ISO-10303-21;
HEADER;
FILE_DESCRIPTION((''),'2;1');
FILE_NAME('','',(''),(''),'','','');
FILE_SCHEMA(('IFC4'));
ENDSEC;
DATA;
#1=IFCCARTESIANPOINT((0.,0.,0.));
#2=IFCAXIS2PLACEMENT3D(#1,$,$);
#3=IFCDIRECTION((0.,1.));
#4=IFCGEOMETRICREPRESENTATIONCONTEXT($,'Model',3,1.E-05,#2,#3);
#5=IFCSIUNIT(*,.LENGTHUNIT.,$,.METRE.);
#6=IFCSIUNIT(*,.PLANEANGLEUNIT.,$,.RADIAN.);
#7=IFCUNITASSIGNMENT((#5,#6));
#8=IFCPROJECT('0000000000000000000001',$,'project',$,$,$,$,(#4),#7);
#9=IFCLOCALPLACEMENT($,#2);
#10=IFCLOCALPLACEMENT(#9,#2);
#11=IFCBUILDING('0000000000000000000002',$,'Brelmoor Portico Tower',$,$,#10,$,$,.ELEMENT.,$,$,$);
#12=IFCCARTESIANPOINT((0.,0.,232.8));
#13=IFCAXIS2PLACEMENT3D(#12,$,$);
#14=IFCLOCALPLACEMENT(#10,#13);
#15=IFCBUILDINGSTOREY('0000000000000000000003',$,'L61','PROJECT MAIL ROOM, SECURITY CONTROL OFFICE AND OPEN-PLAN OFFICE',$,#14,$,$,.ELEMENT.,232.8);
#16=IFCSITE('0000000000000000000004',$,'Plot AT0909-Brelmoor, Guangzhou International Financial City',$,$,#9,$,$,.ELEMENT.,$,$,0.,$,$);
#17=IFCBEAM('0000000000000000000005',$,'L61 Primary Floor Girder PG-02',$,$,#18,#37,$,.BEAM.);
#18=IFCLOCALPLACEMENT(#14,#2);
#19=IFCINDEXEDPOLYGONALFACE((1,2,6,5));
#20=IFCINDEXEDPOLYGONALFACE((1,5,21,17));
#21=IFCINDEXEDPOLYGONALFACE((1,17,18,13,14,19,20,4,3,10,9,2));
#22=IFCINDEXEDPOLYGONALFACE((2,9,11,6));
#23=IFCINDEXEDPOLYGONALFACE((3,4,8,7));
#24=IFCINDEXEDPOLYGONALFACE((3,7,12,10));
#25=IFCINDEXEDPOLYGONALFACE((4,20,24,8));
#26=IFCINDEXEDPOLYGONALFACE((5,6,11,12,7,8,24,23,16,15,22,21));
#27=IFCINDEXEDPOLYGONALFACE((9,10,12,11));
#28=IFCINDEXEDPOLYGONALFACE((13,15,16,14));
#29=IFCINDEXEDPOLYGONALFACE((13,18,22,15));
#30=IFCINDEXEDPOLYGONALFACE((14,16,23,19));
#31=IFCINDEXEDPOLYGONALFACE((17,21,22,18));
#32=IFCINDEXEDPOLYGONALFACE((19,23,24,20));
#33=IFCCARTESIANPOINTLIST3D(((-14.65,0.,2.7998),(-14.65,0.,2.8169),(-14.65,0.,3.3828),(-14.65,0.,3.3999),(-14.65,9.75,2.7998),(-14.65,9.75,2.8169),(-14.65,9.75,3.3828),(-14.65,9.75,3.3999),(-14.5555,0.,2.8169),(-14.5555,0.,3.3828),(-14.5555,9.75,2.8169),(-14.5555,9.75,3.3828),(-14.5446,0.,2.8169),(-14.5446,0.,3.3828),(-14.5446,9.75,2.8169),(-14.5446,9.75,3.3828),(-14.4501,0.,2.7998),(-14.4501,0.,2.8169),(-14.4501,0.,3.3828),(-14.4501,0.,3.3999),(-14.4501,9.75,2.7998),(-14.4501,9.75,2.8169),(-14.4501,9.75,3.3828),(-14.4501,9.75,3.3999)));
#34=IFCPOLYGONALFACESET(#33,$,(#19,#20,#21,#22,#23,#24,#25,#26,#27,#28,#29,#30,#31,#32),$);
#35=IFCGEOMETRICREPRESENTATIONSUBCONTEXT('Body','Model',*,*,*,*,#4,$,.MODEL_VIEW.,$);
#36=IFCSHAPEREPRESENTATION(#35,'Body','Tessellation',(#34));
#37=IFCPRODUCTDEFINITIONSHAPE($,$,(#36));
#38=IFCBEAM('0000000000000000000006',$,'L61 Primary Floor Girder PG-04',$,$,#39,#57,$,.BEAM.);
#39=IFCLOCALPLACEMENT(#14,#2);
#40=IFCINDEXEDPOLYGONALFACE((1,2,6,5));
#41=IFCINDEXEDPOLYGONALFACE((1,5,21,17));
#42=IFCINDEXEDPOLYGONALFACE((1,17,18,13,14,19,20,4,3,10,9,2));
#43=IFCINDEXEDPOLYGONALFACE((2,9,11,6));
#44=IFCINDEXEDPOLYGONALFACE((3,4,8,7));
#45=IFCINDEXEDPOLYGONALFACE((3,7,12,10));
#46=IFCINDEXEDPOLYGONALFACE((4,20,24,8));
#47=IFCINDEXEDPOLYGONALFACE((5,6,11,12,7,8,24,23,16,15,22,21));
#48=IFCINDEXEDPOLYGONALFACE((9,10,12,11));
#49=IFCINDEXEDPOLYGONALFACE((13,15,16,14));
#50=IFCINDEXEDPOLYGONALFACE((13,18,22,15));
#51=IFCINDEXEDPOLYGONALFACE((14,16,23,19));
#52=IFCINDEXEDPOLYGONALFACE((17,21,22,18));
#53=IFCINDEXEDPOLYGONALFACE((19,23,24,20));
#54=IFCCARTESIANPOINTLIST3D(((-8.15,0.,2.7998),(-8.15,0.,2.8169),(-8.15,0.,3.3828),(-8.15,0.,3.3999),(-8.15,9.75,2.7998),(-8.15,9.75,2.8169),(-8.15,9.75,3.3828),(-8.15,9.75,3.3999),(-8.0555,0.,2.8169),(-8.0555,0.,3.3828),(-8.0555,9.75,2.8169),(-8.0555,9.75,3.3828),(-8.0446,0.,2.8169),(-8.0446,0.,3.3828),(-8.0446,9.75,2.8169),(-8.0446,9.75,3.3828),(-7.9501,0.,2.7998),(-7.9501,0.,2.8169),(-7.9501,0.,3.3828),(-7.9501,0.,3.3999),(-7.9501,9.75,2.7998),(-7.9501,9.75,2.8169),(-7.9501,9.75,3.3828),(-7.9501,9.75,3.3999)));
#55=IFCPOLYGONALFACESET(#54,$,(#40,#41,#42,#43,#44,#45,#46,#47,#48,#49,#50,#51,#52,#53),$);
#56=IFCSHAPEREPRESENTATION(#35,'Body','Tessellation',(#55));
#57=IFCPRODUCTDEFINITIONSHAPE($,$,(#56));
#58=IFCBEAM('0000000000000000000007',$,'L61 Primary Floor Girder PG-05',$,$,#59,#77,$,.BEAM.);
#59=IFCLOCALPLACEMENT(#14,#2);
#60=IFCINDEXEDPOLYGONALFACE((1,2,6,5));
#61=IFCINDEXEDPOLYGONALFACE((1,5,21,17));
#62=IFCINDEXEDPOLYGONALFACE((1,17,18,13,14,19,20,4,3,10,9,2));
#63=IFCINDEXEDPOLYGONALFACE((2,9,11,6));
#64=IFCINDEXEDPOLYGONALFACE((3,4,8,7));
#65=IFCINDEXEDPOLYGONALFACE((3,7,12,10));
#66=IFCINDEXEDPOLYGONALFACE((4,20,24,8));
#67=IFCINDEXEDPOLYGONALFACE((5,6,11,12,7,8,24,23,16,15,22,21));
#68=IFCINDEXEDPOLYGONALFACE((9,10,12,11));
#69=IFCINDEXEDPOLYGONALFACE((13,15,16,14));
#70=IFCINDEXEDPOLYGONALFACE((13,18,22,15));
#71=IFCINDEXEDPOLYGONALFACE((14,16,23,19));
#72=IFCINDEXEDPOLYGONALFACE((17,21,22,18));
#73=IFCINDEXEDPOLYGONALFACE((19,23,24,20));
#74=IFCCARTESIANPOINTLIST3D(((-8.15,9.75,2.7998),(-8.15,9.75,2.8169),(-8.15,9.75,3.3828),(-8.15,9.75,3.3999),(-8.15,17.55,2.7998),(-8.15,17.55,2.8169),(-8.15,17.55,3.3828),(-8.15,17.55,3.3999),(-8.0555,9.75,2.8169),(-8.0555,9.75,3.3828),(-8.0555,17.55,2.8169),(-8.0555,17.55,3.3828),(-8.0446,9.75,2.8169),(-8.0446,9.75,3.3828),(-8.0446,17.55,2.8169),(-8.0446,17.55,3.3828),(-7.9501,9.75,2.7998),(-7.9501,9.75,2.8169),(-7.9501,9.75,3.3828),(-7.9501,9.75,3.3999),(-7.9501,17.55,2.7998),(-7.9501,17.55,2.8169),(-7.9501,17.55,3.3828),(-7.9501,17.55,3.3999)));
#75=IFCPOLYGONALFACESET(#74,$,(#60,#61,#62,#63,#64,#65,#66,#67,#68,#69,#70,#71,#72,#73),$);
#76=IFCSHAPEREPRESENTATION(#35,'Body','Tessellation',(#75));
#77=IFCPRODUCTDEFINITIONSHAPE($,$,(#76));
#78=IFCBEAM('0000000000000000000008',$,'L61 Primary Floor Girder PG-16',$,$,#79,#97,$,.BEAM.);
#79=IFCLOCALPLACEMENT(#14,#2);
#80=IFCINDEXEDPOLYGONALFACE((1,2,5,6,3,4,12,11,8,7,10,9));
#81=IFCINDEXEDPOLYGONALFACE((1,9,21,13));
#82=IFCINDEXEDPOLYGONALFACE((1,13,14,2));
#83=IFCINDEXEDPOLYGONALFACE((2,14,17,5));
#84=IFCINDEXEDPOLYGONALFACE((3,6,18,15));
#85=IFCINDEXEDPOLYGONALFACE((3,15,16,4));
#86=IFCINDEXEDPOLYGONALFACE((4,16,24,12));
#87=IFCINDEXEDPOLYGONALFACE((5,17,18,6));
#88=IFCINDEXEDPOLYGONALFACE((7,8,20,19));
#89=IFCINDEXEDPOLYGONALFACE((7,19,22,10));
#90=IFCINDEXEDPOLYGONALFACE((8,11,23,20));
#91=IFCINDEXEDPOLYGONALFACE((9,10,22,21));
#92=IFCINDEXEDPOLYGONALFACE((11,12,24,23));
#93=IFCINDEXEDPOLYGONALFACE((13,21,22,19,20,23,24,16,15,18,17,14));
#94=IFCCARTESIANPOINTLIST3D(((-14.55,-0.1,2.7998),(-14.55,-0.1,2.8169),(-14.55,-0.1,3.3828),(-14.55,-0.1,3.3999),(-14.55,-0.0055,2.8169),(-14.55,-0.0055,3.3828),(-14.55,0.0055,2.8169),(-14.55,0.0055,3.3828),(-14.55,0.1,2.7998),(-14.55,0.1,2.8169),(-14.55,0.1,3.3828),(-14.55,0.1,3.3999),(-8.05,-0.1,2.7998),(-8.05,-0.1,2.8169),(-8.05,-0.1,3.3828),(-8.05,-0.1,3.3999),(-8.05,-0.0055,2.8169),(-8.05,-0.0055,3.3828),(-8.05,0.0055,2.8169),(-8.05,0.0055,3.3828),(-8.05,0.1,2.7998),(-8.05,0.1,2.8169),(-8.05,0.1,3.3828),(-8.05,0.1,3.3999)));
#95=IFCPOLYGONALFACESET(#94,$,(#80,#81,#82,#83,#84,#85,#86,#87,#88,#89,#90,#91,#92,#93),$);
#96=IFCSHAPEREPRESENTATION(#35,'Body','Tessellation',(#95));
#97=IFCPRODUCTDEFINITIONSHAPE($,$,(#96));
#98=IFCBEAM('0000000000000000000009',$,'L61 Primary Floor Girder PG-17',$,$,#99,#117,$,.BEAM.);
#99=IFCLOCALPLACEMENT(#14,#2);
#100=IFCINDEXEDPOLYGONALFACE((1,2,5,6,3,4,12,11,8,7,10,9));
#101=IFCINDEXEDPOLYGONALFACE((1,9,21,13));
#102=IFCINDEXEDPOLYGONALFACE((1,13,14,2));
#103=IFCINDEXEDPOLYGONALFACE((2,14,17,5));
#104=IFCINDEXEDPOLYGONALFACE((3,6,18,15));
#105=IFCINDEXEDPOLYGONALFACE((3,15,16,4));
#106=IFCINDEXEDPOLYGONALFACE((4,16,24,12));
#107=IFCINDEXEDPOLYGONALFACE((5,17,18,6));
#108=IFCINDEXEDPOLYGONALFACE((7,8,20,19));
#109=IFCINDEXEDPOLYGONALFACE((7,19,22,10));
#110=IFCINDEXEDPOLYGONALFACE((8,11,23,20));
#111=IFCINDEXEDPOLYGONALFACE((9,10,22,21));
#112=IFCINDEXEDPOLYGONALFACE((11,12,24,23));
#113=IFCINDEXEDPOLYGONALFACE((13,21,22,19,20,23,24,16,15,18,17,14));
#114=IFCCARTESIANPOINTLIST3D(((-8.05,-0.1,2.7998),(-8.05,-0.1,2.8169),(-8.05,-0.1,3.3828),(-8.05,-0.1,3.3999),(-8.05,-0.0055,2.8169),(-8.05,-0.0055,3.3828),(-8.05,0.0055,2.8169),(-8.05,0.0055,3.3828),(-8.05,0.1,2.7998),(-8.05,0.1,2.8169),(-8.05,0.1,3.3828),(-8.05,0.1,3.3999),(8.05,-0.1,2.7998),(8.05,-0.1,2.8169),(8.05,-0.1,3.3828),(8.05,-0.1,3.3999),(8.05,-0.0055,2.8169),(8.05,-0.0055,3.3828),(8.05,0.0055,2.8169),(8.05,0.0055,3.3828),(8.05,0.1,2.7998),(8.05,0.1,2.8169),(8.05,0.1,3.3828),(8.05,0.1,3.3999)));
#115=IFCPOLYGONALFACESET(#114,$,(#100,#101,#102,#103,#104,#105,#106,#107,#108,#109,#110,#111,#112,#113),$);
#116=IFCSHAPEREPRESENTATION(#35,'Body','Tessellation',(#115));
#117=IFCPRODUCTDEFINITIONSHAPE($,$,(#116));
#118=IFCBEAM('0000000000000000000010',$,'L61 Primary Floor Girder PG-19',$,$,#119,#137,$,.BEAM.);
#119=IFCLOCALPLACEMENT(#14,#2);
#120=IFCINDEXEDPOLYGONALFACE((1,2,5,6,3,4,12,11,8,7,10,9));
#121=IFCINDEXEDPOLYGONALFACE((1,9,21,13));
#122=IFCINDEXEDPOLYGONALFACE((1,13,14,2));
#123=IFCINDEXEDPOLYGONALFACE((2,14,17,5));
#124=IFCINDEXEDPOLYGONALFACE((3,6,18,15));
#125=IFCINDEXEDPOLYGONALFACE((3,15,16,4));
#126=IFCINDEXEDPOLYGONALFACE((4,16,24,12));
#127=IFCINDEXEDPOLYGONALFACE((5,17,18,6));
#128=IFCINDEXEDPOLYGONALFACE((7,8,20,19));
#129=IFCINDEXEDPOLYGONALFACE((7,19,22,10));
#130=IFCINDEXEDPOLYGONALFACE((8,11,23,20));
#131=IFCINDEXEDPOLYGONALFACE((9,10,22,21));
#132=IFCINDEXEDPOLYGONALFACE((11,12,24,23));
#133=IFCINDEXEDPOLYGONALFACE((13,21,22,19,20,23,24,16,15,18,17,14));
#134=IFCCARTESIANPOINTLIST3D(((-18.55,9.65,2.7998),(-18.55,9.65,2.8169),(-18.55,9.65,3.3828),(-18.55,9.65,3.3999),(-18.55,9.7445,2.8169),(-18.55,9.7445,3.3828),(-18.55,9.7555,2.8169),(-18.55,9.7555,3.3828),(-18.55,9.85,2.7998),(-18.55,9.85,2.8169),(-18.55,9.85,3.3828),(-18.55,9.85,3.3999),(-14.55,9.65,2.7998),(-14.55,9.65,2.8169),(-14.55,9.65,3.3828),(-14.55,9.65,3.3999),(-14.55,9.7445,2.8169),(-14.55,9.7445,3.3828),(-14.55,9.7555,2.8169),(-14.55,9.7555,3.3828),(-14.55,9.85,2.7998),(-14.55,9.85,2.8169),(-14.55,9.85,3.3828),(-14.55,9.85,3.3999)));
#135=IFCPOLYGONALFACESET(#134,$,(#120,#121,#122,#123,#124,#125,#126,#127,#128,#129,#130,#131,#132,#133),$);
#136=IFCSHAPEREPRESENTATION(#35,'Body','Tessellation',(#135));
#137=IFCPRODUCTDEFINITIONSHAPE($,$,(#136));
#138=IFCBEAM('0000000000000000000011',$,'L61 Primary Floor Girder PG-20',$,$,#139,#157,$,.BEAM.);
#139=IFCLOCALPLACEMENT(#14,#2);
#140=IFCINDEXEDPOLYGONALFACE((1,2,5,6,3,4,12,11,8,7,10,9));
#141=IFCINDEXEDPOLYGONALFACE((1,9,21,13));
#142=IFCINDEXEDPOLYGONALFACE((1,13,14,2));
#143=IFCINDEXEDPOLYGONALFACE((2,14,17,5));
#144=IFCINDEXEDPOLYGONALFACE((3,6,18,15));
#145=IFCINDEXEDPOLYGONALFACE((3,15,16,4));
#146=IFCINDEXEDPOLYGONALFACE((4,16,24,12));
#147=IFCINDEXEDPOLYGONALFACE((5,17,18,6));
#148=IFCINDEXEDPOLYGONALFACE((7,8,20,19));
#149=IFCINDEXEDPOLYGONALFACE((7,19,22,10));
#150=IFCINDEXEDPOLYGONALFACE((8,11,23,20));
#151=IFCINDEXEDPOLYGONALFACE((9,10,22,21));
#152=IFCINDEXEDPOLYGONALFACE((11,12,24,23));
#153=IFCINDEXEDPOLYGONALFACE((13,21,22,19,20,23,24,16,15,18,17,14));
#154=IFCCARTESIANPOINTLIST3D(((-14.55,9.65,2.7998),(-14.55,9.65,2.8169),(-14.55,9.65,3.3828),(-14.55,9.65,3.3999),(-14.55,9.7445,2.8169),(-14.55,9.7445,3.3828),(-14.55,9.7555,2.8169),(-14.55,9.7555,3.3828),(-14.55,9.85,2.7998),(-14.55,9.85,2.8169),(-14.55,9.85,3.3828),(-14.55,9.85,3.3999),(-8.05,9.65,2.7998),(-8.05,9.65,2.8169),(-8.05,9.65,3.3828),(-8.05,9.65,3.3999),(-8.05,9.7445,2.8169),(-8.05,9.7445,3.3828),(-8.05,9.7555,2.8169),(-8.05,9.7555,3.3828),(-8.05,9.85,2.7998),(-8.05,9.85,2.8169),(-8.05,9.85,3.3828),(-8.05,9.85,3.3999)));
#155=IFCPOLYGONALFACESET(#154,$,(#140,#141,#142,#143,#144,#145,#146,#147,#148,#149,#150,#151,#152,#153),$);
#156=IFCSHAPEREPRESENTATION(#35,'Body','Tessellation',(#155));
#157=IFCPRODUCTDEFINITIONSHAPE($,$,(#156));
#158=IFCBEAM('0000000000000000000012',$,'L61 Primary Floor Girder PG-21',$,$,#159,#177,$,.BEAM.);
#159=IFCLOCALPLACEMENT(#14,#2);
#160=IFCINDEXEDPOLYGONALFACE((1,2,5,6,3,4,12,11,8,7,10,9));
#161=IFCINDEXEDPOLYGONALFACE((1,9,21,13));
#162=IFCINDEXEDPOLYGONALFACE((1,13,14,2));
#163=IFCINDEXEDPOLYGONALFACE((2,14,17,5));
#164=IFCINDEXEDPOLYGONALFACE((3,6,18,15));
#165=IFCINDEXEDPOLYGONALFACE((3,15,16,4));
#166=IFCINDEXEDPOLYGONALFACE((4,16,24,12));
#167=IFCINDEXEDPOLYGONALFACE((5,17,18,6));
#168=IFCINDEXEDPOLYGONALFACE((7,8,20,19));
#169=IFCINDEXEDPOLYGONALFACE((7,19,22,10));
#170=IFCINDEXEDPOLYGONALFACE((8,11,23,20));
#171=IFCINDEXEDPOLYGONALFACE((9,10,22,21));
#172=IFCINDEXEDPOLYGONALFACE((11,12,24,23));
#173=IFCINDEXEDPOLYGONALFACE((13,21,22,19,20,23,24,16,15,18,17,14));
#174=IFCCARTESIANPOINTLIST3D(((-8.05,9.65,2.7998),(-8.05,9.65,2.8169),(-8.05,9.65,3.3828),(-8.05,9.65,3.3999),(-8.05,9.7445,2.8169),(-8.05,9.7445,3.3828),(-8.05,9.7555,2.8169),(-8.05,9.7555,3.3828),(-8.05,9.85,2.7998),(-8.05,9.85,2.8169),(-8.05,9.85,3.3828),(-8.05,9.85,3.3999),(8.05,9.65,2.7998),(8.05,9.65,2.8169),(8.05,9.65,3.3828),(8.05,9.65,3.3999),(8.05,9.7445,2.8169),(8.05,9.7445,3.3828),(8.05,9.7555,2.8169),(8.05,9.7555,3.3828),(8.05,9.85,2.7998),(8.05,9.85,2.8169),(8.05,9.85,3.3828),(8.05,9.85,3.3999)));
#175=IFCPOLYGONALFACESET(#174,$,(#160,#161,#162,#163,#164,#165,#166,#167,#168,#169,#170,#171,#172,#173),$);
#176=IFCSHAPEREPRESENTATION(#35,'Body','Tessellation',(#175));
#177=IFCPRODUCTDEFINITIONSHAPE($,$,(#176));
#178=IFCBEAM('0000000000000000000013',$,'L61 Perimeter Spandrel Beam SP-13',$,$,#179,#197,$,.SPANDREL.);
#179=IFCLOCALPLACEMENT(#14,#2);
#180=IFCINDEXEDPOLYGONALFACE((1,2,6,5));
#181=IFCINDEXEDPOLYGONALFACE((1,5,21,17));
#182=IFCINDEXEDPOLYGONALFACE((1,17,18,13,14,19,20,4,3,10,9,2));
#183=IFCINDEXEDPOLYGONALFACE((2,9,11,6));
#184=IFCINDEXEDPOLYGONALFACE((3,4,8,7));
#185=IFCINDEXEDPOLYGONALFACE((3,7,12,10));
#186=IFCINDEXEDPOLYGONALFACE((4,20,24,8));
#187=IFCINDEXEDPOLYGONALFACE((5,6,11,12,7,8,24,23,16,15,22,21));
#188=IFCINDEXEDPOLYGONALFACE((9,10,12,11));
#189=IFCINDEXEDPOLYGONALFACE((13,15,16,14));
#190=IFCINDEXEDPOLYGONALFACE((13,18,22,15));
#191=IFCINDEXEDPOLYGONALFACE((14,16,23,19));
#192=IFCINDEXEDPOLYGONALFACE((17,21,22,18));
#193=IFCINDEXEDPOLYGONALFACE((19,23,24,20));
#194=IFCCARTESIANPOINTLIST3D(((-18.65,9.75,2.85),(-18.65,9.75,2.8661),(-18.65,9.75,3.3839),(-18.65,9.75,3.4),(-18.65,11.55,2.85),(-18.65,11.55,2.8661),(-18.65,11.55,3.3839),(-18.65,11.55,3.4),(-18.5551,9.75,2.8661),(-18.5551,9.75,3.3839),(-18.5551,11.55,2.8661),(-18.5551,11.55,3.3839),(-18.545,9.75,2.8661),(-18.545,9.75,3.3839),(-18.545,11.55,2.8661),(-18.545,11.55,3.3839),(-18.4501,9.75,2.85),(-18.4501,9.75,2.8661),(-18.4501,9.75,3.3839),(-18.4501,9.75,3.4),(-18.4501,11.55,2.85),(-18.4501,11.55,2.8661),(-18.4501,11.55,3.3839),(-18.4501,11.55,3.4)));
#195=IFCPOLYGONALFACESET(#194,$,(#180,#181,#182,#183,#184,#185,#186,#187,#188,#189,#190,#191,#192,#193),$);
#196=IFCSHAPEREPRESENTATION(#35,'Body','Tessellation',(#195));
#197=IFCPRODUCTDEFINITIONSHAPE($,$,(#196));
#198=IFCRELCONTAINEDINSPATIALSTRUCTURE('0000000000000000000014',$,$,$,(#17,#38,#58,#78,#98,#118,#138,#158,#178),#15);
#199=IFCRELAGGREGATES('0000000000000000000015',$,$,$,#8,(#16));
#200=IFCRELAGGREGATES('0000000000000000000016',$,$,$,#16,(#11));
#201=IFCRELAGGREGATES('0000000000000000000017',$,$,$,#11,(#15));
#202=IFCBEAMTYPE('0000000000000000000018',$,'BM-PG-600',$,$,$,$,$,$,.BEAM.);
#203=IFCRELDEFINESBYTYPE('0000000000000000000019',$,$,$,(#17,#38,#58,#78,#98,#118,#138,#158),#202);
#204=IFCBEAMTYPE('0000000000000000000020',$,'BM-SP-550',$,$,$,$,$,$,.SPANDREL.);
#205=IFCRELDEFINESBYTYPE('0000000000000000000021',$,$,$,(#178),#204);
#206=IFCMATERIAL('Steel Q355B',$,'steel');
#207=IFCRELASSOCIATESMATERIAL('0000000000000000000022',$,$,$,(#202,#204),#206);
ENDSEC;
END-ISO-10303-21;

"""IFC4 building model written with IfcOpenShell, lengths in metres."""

from ifc_helpers import new_model, si_unit, direction, frame, origin, origin_2d, place, context, subcontext, project, spatial, i_section, extrude, material, material_profile, profile_set, type_object, element, save


model = new_model("IFC4")

# Units and contexts
model_context = context("Model", 3, precision=1e-05, world=origin(), true_north=direction((0.0, 1.0)))
body_context = subcontext(model_context, "Body", "Model", "MODEL_VIEW")
ifc_project = project(units=[si_unit("LENGTHUNIT", "METRE"), si_unit("PLANEANGLEUNIT", "RADIAN")], contexts=[model_context])

# Site, building, storey
site_placement = place(None, origin())
site = spatial("IfcSite", under=ifc_project, at=site_placement, Name="Plot AT0909-Brelmoor, Guangzhou International Financial City", CompositionType="ELEMENT", RefElevation=0.0)
building_placement = place(site_placement, origin())
building = spatial("IfcBuilding", under=site, at=building_placement, Name="Brelmoor Portico Tower", CompositionType="ELEMENT")
storey_placement = place(building_placement, frame((0.0, 0.0, 232.8)))
storey = spatial("IfcBuildingStorey", under=building, at=storey_placement, Name="L61", Description="PROJECT MAIL ROOM, SECURITY CONTROL OFFICE AND OPEN-PLAN OFFICE", CompositionType="ELEMENT", Elevation=232.8)

# Shared definitions
ifc_material_1 = material(Name="Steel Q355B", Category="steel")

# Beams
ifc_material_profile_1 = material_profile(ifc_material_1, i_section(OverallWidth=0.2, OverallDepth=0.6001, WebThickness=0.011, FlangeThickness=0.0171, at=origin_2d()), Name="HN 600x200x11x17")
ifc_profile_set_1 = profile_set([ifc_material_profile_1], Name="Steel Q355B")
beam_type_1 = type_object("IfcBeamType", Name="BM-PG-600", PredefinedType="BEAM", material=ifc_profile_set_1)
for number, where, z_axis, x_axis, name in (
    (1, (-14.55, 0.0, 3.0999), (0.0, 1.0, 0.0), (-1.0, 0.0, 0.0), "L61 Primary Floor Girder PG-02"),
    (2, (-8.05, 0.0, 3.0999), (0.0, 1.0, 0.0), (-1.0, 0.0, 0.0), "L61 Primary Floor Girder PG-04"),
):
    element("IfcBeam", number, at=place(storey_placement, frame(where, z_axis=z_axis, x_axis=x_axis)), inside=storey, type_object=beam_type_1, Name=name, PredefinedType="BEAM", context=body_context, shape_type="SweptSolid", body=[
        extrude(i_section(OverallWidth=0.2, OverallDepth=0.6001, WebThickness=0.011, FlangeThickness=0.0171, at=origin_2d()), origin(), (0.0, 0.0, 1.0), 9.75),
    ])
beam_1_placement = place(storey_placement, frame((-8.05, 9.75, 3.0999), z_axis=(0.0, 1.0, 0.0), x_axis=(-1.0, 0.0, 0.0)))
element("IfcBeam", 3, at=beam_1_placement, inside=storey, type_object=beam_type_1, Name="L61 Primary Floor Girder PG-05", PredefinedType="BEAM", context=body_context, shape_type="SweptSolid", body=[
    extrude(i_section(OverallWidth=0.2, OverallDepth=0.6001, WebThickness=0.011, FlangeThickness=0.0171, at=origin_2d()), origin(), (0.0, 0.0, 1.0), 7.8),
])
beam_2_placement = place(storey_placement, frame((-14.55, 0.0, 3.0999), z_axis=(1.0, 0.0, 0.0), x_axis=(0.0, 1.0, 0.0)))
element("IfcBeam", 4, at=beam_2_placement, inside=storey, type_object=beam_type_1, Name="L61 Primary Floor Girder PG-16", PredefinedType="BEAM", context=body_context, shape_type="SweptSolid", body=[
    extrude(i_section(OverallWidth=0.2, OverallDepth=0.6001, WebThickness=0.011, FlangeThickness=0.0171, at=origin_2d()), origin(), (0.0, 0.0, 1.0), 6.5),
])
beam_3_placement = place(storey_placement, frame((-8.05, 0.0, 3.0999), z_axis=(1.0, 0.0, 0.0), x_axis=(0.0, 1.0, 0.0)))
element("IfcBeam", 5, at=beam_3_placement, inside=storey, type_object=beam_type_1, Name="L61 Primary Floor Girder PG-17", PredefinedType="BEAM", context=body_context, shape_type="SweptSolid", body=[
    extrude(i_section(OverallWidth=0.2, OverallDepth=0.6001, WebThickness=0.011, FlangeThickness=0.0171, at=origin_2d()), origin(), (0.0, 0.0, 1.0), 16.1001),
])
beam_4_placement = place(storey_placement, frame((-18.55, 9.75, 3.0999), z_axis=(1.0, 0.0, 0.0), x_axis=(0.0, 1.0, 0.0)))
element("IfcBeam", 6, at=beam_4_placement, inside=storey, type_object=beam_type_1, Name="L61 Primary Floor Girder PG-19", PredefinedType="BEAM", context=body_context, shape_type="SweptSolid", body=[
    extrude(i_section(OverallWidth=0.2, OverallDepth=0.6001, WebThickness=0.011, FlangeThickness=0.0171, at=origin_2d()), origin(), (0.0, 0.0, 1.0), 4.0),
])
beam_5_placement = place(storey_placement, frame((-14.55, 9.75, 3.0999), z_axis=(1.0, 0.0, 0.0), x_axis=(0.0, 1.0, 0.0)))
element("IfcBeam", 7, at=beam_5_placement, inside=storey, type_object=beam_type_1, Name="L61 Primary Floor Girder PG-20", PredefinedType="BEAM", context=body_context, shape_type="SweptSolid", body=[
    extrude(i_section(OverallWidth=0.2, OverallDepth=0.6001, WebThickness=0.011, FlangeThickness=0.0171, at=origin_2d()), origin(), (0.0, 0.0, 1.0), 6.5),
])
beam_6_placement = place(storey_placement, frame((-8.05, 9.75, 3.0999), z_axis=(1.0, 0.0, 0.0), x_axis=(0.0, 1.0, 0.0)))
element("IfcBeam", 8, at=beam_6_placement, inside=storey, type_object=beam_type_1, Name="L61 Primary Floor Girder PG-21", PredefinedType="BEAM", context=body_context, shape_type="SweptSolid", body=[
    extrude(i_section(OverallWidth=0.2, OverallDepth=0.6001, WebThickness=0.011, FlangeThickness=0.0171, at=origin_2d()), origin(), (0.0, 0.0, 1.0), 16.1001),
])
ifc_material_profile_2 = material_profile(ifc_material_1, i_section(OverallWidth=0.2, OverallDepth=0.55, WebThickness=0.01, FlangeThickness=0.0161, at=origin_2d()), Name="HN 550x200x10x16")
ifc_profile_set_2 = profile_set([ifc_material_profile_2], Name="Steel Q355B")
beam_type_2 = type_object("IfcBeamType", Name="BM-SP-550", PredefinedType="SPANDREL", material=ifc_profile_set_2)
beam_7_placement = place(storey_placement, frame((-18.55, 9.75, 3.125), z_axis=(0.0, 1.0, 0.0), x_axis=(-1.0, 0.0, 0.0)))
element("IfcBeam", 9, at=beam_7_placement, inside=storey, type_object=beam_type_2, Name="L61 Perimeter Spandrel Beam SP-13", PredefinedType="SPANDREL", context=body_context, shape_type="SweptSolid", body=[
    extrude(i_section(OverallWidth=0.2, OverallDepth=0.55, WebThickness=0.01, FlangeThickness=0.0161, at=origin_2d()), origin(), (0.0, 0.0, 1.0), 1.8),
])

save(model, "model.ifc")
